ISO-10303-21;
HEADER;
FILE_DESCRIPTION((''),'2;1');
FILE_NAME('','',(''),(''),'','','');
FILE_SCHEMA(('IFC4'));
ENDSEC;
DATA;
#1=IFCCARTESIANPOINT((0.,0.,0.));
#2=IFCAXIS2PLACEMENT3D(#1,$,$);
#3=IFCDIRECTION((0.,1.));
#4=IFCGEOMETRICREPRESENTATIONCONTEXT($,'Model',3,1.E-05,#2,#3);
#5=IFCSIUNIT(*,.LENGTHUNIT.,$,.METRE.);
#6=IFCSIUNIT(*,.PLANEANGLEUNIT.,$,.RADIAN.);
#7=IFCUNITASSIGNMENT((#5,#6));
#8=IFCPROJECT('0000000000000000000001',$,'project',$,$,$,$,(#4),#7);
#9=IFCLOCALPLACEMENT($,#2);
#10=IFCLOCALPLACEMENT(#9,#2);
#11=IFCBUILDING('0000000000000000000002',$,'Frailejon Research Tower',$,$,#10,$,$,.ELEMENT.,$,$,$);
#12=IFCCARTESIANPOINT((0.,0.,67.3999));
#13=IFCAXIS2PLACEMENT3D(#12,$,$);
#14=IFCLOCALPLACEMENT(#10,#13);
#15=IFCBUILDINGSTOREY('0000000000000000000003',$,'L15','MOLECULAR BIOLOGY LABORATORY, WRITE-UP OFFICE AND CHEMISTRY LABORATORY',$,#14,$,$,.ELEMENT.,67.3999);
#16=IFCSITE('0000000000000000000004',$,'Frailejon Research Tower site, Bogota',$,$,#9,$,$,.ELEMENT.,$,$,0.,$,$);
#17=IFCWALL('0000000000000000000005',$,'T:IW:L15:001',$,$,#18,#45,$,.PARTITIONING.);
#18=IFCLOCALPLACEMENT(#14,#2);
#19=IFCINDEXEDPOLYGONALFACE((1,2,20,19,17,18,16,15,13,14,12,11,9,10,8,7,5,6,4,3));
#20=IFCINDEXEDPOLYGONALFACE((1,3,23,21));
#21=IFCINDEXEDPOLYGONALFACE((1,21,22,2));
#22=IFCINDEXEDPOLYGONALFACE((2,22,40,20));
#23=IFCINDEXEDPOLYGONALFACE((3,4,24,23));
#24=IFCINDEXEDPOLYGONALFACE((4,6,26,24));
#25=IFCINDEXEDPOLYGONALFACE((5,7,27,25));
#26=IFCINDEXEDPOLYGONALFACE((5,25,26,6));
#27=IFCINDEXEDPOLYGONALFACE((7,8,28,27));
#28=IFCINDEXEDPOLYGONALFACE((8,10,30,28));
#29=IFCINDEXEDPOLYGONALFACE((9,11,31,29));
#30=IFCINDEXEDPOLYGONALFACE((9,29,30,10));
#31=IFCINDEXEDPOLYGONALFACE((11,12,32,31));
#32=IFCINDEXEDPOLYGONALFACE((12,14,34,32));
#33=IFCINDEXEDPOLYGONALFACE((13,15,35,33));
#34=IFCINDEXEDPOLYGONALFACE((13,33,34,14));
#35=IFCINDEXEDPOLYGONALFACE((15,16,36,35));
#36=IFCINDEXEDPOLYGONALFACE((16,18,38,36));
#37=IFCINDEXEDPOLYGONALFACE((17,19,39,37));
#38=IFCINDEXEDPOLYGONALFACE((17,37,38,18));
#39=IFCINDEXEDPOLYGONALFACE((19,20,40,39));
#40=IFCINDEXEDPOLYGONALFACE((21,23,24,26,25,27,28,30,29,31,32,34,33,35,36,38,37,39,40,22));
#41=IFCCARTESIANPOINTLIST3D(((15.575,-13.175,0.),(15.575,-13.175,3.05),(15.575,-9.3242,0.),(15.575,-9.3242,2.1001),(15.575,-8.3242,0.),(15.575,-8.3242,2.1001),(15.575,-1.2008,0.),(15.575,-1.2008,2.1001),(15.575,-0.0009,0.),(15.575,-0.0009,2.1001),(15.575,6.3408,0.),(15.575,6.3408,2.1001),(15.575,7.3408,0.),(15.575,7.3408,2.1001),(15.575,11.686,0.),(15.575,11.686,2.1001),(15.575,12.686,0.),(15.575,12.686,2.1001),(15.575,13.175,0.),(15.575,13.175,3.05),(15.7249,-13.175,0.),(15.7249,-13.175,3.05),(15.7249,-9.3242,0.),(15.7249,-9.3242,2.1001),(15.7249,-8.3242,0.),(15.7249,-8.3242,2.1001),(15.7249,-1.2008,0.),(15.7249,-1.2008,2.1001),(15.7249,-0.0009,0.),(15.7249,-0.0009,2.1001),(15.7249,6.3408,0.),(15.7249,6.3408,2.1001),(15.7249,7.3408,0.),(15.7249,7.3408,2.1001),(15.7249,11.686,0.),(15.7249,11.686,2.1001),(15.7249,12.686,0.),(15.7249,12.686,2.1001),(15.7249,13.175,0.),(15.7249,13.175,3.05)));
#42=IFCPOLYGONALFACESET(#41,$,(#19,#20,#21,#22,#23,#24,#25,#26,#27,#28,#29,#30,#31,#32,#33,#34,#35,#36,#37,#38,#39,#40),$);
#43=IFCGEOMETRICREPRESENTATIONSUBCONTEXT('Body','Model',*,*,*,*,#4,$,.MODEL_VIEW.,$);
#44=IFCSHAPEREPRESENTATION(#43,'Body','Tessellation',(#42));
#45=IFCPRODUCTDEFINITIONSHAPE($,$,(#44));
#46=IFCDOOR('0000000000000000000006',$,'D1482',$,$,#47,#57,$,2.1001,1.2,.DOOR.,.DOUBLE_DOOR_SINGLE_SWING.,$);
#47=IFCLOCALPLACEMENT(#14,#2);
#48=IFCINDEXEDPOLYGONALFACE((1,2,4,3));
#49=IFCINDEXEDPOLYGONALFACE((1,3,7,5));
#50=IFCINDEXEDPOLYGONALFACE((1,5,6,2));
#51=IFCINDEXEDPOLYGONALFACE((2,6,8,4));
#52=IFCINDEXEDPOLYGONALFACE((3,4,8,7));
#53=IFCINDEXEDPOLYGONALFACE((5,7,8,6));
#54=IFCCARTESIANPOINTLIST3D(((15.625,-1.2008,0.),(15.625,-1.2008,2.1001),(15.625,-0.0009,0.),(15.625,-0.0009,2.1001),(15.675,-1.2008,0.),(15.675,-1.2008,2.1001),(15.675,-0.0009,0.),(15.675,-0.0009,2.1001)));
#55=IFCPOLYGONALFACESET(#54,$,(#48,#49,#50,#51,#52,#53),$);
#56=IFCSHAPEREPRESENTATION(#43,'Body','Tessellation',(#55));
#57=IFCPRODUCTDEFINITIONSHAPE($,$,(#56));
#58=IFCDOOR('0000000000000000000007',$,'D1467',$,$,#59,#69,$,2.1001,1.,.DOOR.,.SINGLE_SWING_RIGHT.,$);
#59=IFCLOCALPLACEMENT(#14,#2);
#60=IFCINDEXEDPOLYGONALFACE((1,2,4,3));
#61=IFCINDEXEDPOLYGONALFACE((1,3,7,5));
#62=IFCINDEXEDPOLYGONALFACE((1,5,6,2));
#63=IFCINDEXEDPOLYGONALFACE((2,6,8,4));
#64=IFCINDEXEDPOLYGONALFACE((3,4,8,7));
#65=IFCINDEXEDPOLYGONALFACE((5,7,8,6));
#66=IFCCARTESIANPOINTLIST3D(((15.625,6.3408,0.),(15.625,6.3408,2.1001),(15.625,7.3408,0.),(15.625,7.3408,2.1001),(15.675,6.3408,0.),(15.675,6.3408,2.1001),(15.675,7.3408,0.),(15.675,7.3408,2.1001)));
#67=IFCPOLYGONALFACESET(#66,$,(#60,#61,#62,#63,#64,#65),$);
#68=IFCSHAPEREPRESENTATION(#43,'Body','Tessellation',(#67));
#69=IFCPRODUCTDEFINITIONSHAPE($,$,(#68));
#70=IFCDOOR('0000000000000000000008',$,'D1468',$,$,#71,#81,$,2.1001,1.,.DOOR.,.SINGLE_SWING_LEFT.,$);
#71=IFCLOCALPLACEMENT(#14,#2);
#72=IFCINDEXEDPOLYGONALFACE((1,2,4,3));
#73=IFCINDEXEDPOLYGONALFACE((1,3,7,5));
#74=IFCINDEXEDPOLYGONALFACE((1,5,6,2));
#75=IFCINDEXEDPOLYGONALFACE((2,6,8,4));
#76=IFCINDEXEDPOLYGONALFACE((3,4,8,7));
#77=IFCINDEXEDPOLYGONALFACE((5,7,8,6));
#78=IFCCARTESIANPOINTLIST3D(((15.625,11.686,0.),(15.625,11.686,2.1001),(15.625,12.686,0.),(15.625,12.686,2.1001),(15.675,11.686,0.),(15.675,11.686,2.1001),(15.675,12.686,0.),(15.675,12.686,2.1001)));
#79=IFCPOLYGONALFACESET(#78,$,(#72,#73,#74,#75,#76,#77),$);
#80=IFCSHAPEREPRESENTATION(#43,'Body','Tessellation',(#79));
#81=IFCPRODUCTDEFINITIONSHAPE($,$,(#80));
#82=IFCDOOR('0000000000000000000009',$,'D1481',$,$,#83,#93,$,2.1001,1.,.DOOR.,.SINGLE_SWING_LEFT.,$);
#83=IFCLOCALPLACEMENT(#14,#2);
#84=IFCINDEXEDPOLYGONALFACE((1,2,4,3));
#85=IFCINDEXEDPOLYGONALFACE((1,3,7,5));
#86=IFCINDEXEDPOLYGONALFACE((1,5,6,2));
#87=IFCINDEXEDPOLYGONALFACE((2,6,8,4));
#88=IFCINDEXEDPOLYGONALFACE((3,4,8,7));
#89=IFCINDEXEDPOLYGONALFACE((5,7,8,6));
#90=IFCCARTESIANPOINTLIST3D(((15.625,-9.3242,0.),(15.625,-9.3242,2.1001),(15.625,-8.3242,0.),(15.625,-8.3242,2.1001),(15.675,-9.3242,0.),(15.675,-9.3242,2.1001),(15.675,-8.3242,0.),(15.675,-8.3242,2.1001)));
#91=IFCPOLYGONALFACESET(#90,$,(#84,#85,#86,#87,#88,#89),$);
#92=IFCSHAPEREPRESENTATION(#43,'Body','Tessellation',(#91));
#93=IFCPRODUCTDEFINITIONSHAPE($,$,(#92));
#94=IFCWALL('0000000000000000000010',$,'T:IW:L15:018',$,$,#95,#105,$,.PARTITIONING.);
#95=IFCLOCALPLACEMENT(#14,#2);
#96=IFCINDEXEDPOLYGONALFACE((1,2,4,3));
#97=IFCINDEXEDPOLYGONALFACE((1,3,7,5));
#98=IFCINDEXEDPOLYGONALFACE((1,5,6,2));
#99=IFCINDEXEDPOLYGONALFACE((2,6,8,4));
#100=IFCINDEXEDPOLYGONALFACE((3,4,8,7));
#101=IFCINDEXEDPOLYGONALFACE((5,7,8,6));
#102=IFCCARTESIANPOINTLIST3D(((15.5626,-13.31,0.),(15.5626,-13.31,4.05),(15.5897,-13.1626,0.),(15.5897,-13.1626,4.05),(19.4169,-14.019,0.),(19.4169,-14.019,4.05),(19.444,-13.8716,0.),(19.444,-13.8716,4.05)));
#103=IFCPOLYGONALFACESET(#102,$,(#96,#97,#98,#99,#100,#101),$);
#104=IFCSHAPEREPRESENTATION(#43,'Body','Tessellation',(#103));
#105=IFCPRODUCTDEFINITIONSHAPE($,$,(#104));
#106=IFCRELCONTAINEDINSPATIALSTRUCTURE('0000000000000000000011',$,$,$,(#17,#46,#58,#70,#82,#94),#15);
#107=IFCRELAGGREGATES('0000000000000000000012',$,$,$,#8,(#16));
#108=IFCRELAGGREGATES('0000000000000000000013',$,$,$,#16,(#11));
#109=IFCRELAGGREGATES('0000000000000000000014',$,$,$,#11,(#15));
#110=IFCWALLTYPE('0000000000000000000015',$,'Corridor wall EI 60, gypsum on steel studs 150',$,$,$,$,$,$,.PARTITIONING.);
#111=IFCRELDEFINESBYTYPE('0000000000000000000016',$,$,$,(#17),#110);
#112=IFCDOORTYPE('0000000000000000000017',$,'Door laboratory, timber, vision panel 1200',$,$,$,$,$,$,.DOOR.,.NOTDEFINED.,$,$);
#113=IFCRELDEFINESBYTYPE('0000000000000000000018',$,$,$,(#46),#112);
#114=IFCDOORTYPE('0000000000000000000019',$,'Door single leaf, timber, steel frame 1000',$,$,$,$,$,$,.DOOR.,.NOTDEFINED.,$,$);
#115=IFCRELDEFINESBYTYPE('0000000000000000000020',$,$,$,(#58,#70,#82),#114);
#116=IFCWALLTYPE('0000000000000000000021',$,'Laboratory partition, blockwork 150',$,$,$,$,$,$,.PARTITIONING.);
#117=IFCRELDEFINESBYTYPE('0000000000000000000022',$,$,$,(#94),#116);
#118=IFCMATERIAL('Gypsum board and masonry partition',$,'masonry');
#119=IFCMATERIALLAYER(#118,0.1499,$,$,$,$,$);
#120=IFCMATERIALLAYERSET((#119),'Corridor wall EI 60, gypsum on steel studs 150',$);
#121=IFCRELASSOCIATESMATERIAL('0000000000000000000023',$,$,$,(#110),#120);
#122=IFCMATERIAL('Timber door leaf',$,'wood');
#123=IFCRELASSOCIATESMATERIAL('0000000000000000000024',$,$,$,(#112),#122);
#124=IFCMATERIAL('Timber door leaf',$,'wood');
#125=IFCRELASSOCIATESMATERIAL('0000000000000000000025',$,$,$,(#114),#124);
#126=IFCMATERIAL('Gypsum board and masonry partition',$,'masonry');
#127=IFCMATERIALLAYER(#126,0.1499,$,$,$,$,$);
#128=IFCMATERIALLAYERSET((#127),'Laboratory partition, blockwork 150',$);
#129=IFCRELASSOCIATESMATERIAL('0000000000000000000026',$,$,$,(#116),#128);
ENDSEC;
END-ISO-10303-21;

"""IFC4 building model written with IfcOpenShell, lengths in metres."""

from ifc_helpers import new_model, si_unit, direction, frame, frame_2d, origin, place, context, subcontext, project, spatial, rectangle, extrude, material, layer, layer_set, type_object, element, fill, save


model = new_model("IFC4")

# Units and contexts
model_context = context("Model", 3, precision=1e-05, world=origin(), true_north=direction((0.0, 1.0)))
body_context = subcontext(model_context, "Body", "Model", "MODEL_VIEW")
ifc_project = project(units=[si_unit("LENGTHUNIT", "METRE"), si_unit("PLANEANGLEUNIT", "RADIAN")], contexts=[model_context])

# Site, building, storey
site_placement = place(None, origin())
site = spatial("IfcSite", under=ifc_project, at=site_placement, Name="Frailejon Research Tower site, Bogota", CompositionType="ELEMENT", RefElevation=0.0)
building_placement = place(site_placement, origin())
building = spatial("IfcBuilding", under=site, at=building_placement, Name="Frailejon Research Tower", CompositionType="ELEMENT")
storey_placement = place(building_placement, frame((0.0, 0.0, 67.3999)))
storey = spatial("IfcBuildingStorey", under=building, at=storey_placement, Name="L15", Description="MOLECULAR BIOLOGY LABORATORY, WRITE-UP OFFICE AND CHEMISTRY LABORATORY", CompositionType="ELEMENT", Elevation=67.3999)

# Wall, openings, doors
ifc_material_1 = material(Name="Gypsum board and masonry partition", Category="masonry")
ifc_layer_1 = layer(ifc_material_1, 0.1499)
ifc_layer_set_1 = layer_set([ifc_layer_1], Name="Corridor wall EI 60, gypsum on steel studs 150")
wall_type_1 = type_object("IfcWallType", Name="Corridor wall EI 60, gypsum on steel studs 150", PredefinedType="PARTITIONING", material=ifc_layer_set_1)
wall_1_placement = place(storey_placement, frame((15.6499, -13.175, 0.0), z_axis=(0.0, 0.0, 1.0), x_axis=(0.0, 1.0, 0.0)))
wall_1 = element("IfcWall", 1, at=wall_1_placement, inside=storey, type_object=wall_type_1, Name="T:IW:L15:001", PredefinedType="PARTITIONING", context=body_context, shape_type="SweptSolid", body=[
    extrude(rectangle(XDim=26.3501, YDim=0.1499, at=frame_2d((13.175, 0.0))), origin(), (0.0, 0.0, 1.0), 3.05),
])
opening_1_placement = place(wall_1_placement, frame((19.5159, 0.0, 0.0)))
opening_1 = element("IfcOpeningElement", 2, at=opening_1_placement, cuts=wall_1, PredefinedType="OPENING", context=body_context, shape_type="SweptSolid", body=[
    extrude(rectangle(XDim=1.0, YDim=2.1001, at=frame_2d((0.5, 1.05))), frame((0.0, 0.085, 0.0), z_axis=(0.0, -1.0, 0.0), x_axis=(1.0, 0.0, 0.0)), (0.0, 0.0, 1.0), 0.1699),
])
opening_2_placement = place(wall_1_placement, frame((24.8611, 0.0, 0.0)))
opening_2 = element("IfcOpeningElement", 3, at=opening_2_placement, cuts=wall_1, PredefinedType="OPENING", context=body_context, shape_type="SweptSolid", body=[
    extrude(rectangle(XDim=1.0, YDim=2.1001, at=frame_2d((0.5, 1.05))), frame((0.0, 0.085, 0.0), z_axis=(0.0, -1.0, 0.0), x_axis=(1.0, 0.0, 0.0)), (0.0, 0.0, 1.0), 0.1699),
])
opening_3_placement = place(wall_1_placement, frame((3.8508, 0.0, 0.0)))
opening_3 = element("IfcOpeningElement", 4, at=opening_3_placement, cuts=wall_1, PredefinedType="OPENING", context=body_context, shape_type="SweptSolid", body=[
    extrude(rectangle(XDim=1.0, YDim=2.1001, at=frame_2d((0.5, 1.05))), frame((0.0, 0.085, 0.0), z_axis=(0.0, -1.0, 0.0), x_axis=(1.0, 0.0, 0.0)), (0.0, 0.0, 1.0), 0.1699),
])
opening_4_placement = place(wall_1_placement, frame((11.9741, 0.0, 0.0)))
opening_4 = element("IfcOpeningElement", 5, at=opening_4_placement, cuts=wall_1, PredefinedType="OPENING", context=body_context, shape_type="SweptSolid", body=[
    extrude(rectangle(XDim=1.2, YDim=2.1001, at=frame_2d((0.6001, 1.05))), frame((0.0, 0.085, 0.0), z_axis=(0.0, -1.0, 0.0), x_axis=(1.0, 0.0, 0.0)), (0.0, 0.0, 1.0), 0.1699),
])
ifc_material_2 = material(Name="Timber door leaf", Category="wood")
door_type_1 = type_object("IfcDoorType", Name="Door laboratory, timber, vision panel 1200", OperationType="NOTDEFINED", PredefinedType="DOOR", material=ifc_material_2)
door_1_placement = place(opening_4_placement, origin())
door_1 = element("IfcDoor", 6, at=door_1_placement, inside=storey, type_object=door_type_1, Name="D1482", OperationType="DOUBLE_DOOR_SINGLE_SWING", OverallHeight=2.1001, OverallWidth=1.2, PredefinedType="DOOR", context=body_context, shape_type="SweptSolid", body=[
    extrude(rectangle(XDim=1.2, YDim=2.1001, at=frame_2d((0.6001, 1.05))), frame((0.0, 0.0249, 0.0), z_axis=(0.0, -1.0, 0.0), x_axis=(1.0, 0.0, 0.0)), (0.0, 0.0, 1.0), 0.05),
])
fill(opening_4, door_1)
ifc_material_3 = material(Name="Timber door leaf", Category="wood")
door_type_2 = type_object("IfcDoorType", Name="Door single leaf, timber, steel frame 1000", OperationType="NOTDEFINED", PredefinedType="DOOR", material=ifc_material_3)
door_2_placement = place(opening_1_placement, origin())
door_2 = element("IfcDoor", 7, at=door_2_placement, inside=storey, type_object=door_type_2, Name="D1467", OperationType="SINGLE_SWING_RIGHT", OverallHeight=2.1001, OverallWidth=1.0, PredefinedType="DOOR", context=body_context, shape_type="SweptSolid", body=[
    extrude(rectangle(XDim=1.0, YDim=2.1001, at=frame_2d((0.5, 1.05))), frame((0.0, 0.0249, 0.0), z_axis=(0.0, -1.0, 0.0), x_axis=(1.0, 0.0, 0.0)), (0.0, 0.0, 1.0), 0.05),
])
fill(opening_1, door_2)
door_3_placement = place(opening_2_placement, origin())
door_3 = element("IfcDoor", 8, at=door_3_placement, inside=storey, type_object=door_type_2, Name="D1468", OperationType="SINGLE_SWING_LEFT", OverallHeight=2.1001, OverallWidth=1.0, PredefinedType="DOOR", context=body_context, shape_type="SweptSolid", body=[
    extrude(rectangle(XDim=1.0, YDim=2.1001, at=frame_2d((0.5, 1.05))), frame((0.0, 0.0249, 0.0), z_axis=(0.0, -1.0, 0.0), x_axis=(1.0, 0.0, 0.0)), (0.0, 0.0, 1.0), 0.05),
])
fill(opening_2, door_3)
door_4_placement = place(opening_3_placement, origin())
door_4 = element("IfcDoor", 9, at=door_4_placement, inside=storey, type_object=door_type_2, Name="D1481", OperationType="SINGLE_SWING_LEFT", OverallHeight=2.1001, OverallWidth=1.0, PredefinedType="DOOR", context=body_context, shape_type="SweptSolid", body=[
    extrude(rectangle(XDim=1.0, YDim=2.1001, at=frame_2d((0.5, 1.05))), frame((0.0, 0.0249, 0.0), z_axis=(0.0, -1.0, 0.0), x_axis=(1.0, 0.0, 0.0)), (0.0, 0.0, 1.0), 0.05),
])
fill(opening_3, door_4)

# Wall
ifc_material_4 = material(Name="Gypsum board and masonry partition", Category="masonry")
ifc_layer_2 = layer(ifc_material_4, 0.1499)
ifc_layer_set_2 = layer_set([ifc_layer_2], Name="Laboratory partition, blockwork 150")
wall_type_2 = type_object("IfcWallType", Name="Laboratory partition, blockwork 150", PredefinedType="PARTITIONING", material=ifc_layer_set_2)
wall_2_placement = place(storey_placement, frame((15.5762, -13.2363, 0.0), z_axis=(0.0, 0.0, 1.0), x_axis=(0.983499, -0.180913, 0.0)))
element("IfcWall", 10, at=wall_2_placement, inside=storey, type_object=wall_type_2, Name="T:IW:L15:018", PredefinedType="PARTITIONING", context=body_context, shape_type="SweptSolid", body=[
    extrude(rectangle(XDim=3.9189, YDim=0.1499, at=frame_2d((1.9595, 0.0))), origin(), (0.0, 0.0, 1.0), 4.05),
])

save(model, "model.ifc")
